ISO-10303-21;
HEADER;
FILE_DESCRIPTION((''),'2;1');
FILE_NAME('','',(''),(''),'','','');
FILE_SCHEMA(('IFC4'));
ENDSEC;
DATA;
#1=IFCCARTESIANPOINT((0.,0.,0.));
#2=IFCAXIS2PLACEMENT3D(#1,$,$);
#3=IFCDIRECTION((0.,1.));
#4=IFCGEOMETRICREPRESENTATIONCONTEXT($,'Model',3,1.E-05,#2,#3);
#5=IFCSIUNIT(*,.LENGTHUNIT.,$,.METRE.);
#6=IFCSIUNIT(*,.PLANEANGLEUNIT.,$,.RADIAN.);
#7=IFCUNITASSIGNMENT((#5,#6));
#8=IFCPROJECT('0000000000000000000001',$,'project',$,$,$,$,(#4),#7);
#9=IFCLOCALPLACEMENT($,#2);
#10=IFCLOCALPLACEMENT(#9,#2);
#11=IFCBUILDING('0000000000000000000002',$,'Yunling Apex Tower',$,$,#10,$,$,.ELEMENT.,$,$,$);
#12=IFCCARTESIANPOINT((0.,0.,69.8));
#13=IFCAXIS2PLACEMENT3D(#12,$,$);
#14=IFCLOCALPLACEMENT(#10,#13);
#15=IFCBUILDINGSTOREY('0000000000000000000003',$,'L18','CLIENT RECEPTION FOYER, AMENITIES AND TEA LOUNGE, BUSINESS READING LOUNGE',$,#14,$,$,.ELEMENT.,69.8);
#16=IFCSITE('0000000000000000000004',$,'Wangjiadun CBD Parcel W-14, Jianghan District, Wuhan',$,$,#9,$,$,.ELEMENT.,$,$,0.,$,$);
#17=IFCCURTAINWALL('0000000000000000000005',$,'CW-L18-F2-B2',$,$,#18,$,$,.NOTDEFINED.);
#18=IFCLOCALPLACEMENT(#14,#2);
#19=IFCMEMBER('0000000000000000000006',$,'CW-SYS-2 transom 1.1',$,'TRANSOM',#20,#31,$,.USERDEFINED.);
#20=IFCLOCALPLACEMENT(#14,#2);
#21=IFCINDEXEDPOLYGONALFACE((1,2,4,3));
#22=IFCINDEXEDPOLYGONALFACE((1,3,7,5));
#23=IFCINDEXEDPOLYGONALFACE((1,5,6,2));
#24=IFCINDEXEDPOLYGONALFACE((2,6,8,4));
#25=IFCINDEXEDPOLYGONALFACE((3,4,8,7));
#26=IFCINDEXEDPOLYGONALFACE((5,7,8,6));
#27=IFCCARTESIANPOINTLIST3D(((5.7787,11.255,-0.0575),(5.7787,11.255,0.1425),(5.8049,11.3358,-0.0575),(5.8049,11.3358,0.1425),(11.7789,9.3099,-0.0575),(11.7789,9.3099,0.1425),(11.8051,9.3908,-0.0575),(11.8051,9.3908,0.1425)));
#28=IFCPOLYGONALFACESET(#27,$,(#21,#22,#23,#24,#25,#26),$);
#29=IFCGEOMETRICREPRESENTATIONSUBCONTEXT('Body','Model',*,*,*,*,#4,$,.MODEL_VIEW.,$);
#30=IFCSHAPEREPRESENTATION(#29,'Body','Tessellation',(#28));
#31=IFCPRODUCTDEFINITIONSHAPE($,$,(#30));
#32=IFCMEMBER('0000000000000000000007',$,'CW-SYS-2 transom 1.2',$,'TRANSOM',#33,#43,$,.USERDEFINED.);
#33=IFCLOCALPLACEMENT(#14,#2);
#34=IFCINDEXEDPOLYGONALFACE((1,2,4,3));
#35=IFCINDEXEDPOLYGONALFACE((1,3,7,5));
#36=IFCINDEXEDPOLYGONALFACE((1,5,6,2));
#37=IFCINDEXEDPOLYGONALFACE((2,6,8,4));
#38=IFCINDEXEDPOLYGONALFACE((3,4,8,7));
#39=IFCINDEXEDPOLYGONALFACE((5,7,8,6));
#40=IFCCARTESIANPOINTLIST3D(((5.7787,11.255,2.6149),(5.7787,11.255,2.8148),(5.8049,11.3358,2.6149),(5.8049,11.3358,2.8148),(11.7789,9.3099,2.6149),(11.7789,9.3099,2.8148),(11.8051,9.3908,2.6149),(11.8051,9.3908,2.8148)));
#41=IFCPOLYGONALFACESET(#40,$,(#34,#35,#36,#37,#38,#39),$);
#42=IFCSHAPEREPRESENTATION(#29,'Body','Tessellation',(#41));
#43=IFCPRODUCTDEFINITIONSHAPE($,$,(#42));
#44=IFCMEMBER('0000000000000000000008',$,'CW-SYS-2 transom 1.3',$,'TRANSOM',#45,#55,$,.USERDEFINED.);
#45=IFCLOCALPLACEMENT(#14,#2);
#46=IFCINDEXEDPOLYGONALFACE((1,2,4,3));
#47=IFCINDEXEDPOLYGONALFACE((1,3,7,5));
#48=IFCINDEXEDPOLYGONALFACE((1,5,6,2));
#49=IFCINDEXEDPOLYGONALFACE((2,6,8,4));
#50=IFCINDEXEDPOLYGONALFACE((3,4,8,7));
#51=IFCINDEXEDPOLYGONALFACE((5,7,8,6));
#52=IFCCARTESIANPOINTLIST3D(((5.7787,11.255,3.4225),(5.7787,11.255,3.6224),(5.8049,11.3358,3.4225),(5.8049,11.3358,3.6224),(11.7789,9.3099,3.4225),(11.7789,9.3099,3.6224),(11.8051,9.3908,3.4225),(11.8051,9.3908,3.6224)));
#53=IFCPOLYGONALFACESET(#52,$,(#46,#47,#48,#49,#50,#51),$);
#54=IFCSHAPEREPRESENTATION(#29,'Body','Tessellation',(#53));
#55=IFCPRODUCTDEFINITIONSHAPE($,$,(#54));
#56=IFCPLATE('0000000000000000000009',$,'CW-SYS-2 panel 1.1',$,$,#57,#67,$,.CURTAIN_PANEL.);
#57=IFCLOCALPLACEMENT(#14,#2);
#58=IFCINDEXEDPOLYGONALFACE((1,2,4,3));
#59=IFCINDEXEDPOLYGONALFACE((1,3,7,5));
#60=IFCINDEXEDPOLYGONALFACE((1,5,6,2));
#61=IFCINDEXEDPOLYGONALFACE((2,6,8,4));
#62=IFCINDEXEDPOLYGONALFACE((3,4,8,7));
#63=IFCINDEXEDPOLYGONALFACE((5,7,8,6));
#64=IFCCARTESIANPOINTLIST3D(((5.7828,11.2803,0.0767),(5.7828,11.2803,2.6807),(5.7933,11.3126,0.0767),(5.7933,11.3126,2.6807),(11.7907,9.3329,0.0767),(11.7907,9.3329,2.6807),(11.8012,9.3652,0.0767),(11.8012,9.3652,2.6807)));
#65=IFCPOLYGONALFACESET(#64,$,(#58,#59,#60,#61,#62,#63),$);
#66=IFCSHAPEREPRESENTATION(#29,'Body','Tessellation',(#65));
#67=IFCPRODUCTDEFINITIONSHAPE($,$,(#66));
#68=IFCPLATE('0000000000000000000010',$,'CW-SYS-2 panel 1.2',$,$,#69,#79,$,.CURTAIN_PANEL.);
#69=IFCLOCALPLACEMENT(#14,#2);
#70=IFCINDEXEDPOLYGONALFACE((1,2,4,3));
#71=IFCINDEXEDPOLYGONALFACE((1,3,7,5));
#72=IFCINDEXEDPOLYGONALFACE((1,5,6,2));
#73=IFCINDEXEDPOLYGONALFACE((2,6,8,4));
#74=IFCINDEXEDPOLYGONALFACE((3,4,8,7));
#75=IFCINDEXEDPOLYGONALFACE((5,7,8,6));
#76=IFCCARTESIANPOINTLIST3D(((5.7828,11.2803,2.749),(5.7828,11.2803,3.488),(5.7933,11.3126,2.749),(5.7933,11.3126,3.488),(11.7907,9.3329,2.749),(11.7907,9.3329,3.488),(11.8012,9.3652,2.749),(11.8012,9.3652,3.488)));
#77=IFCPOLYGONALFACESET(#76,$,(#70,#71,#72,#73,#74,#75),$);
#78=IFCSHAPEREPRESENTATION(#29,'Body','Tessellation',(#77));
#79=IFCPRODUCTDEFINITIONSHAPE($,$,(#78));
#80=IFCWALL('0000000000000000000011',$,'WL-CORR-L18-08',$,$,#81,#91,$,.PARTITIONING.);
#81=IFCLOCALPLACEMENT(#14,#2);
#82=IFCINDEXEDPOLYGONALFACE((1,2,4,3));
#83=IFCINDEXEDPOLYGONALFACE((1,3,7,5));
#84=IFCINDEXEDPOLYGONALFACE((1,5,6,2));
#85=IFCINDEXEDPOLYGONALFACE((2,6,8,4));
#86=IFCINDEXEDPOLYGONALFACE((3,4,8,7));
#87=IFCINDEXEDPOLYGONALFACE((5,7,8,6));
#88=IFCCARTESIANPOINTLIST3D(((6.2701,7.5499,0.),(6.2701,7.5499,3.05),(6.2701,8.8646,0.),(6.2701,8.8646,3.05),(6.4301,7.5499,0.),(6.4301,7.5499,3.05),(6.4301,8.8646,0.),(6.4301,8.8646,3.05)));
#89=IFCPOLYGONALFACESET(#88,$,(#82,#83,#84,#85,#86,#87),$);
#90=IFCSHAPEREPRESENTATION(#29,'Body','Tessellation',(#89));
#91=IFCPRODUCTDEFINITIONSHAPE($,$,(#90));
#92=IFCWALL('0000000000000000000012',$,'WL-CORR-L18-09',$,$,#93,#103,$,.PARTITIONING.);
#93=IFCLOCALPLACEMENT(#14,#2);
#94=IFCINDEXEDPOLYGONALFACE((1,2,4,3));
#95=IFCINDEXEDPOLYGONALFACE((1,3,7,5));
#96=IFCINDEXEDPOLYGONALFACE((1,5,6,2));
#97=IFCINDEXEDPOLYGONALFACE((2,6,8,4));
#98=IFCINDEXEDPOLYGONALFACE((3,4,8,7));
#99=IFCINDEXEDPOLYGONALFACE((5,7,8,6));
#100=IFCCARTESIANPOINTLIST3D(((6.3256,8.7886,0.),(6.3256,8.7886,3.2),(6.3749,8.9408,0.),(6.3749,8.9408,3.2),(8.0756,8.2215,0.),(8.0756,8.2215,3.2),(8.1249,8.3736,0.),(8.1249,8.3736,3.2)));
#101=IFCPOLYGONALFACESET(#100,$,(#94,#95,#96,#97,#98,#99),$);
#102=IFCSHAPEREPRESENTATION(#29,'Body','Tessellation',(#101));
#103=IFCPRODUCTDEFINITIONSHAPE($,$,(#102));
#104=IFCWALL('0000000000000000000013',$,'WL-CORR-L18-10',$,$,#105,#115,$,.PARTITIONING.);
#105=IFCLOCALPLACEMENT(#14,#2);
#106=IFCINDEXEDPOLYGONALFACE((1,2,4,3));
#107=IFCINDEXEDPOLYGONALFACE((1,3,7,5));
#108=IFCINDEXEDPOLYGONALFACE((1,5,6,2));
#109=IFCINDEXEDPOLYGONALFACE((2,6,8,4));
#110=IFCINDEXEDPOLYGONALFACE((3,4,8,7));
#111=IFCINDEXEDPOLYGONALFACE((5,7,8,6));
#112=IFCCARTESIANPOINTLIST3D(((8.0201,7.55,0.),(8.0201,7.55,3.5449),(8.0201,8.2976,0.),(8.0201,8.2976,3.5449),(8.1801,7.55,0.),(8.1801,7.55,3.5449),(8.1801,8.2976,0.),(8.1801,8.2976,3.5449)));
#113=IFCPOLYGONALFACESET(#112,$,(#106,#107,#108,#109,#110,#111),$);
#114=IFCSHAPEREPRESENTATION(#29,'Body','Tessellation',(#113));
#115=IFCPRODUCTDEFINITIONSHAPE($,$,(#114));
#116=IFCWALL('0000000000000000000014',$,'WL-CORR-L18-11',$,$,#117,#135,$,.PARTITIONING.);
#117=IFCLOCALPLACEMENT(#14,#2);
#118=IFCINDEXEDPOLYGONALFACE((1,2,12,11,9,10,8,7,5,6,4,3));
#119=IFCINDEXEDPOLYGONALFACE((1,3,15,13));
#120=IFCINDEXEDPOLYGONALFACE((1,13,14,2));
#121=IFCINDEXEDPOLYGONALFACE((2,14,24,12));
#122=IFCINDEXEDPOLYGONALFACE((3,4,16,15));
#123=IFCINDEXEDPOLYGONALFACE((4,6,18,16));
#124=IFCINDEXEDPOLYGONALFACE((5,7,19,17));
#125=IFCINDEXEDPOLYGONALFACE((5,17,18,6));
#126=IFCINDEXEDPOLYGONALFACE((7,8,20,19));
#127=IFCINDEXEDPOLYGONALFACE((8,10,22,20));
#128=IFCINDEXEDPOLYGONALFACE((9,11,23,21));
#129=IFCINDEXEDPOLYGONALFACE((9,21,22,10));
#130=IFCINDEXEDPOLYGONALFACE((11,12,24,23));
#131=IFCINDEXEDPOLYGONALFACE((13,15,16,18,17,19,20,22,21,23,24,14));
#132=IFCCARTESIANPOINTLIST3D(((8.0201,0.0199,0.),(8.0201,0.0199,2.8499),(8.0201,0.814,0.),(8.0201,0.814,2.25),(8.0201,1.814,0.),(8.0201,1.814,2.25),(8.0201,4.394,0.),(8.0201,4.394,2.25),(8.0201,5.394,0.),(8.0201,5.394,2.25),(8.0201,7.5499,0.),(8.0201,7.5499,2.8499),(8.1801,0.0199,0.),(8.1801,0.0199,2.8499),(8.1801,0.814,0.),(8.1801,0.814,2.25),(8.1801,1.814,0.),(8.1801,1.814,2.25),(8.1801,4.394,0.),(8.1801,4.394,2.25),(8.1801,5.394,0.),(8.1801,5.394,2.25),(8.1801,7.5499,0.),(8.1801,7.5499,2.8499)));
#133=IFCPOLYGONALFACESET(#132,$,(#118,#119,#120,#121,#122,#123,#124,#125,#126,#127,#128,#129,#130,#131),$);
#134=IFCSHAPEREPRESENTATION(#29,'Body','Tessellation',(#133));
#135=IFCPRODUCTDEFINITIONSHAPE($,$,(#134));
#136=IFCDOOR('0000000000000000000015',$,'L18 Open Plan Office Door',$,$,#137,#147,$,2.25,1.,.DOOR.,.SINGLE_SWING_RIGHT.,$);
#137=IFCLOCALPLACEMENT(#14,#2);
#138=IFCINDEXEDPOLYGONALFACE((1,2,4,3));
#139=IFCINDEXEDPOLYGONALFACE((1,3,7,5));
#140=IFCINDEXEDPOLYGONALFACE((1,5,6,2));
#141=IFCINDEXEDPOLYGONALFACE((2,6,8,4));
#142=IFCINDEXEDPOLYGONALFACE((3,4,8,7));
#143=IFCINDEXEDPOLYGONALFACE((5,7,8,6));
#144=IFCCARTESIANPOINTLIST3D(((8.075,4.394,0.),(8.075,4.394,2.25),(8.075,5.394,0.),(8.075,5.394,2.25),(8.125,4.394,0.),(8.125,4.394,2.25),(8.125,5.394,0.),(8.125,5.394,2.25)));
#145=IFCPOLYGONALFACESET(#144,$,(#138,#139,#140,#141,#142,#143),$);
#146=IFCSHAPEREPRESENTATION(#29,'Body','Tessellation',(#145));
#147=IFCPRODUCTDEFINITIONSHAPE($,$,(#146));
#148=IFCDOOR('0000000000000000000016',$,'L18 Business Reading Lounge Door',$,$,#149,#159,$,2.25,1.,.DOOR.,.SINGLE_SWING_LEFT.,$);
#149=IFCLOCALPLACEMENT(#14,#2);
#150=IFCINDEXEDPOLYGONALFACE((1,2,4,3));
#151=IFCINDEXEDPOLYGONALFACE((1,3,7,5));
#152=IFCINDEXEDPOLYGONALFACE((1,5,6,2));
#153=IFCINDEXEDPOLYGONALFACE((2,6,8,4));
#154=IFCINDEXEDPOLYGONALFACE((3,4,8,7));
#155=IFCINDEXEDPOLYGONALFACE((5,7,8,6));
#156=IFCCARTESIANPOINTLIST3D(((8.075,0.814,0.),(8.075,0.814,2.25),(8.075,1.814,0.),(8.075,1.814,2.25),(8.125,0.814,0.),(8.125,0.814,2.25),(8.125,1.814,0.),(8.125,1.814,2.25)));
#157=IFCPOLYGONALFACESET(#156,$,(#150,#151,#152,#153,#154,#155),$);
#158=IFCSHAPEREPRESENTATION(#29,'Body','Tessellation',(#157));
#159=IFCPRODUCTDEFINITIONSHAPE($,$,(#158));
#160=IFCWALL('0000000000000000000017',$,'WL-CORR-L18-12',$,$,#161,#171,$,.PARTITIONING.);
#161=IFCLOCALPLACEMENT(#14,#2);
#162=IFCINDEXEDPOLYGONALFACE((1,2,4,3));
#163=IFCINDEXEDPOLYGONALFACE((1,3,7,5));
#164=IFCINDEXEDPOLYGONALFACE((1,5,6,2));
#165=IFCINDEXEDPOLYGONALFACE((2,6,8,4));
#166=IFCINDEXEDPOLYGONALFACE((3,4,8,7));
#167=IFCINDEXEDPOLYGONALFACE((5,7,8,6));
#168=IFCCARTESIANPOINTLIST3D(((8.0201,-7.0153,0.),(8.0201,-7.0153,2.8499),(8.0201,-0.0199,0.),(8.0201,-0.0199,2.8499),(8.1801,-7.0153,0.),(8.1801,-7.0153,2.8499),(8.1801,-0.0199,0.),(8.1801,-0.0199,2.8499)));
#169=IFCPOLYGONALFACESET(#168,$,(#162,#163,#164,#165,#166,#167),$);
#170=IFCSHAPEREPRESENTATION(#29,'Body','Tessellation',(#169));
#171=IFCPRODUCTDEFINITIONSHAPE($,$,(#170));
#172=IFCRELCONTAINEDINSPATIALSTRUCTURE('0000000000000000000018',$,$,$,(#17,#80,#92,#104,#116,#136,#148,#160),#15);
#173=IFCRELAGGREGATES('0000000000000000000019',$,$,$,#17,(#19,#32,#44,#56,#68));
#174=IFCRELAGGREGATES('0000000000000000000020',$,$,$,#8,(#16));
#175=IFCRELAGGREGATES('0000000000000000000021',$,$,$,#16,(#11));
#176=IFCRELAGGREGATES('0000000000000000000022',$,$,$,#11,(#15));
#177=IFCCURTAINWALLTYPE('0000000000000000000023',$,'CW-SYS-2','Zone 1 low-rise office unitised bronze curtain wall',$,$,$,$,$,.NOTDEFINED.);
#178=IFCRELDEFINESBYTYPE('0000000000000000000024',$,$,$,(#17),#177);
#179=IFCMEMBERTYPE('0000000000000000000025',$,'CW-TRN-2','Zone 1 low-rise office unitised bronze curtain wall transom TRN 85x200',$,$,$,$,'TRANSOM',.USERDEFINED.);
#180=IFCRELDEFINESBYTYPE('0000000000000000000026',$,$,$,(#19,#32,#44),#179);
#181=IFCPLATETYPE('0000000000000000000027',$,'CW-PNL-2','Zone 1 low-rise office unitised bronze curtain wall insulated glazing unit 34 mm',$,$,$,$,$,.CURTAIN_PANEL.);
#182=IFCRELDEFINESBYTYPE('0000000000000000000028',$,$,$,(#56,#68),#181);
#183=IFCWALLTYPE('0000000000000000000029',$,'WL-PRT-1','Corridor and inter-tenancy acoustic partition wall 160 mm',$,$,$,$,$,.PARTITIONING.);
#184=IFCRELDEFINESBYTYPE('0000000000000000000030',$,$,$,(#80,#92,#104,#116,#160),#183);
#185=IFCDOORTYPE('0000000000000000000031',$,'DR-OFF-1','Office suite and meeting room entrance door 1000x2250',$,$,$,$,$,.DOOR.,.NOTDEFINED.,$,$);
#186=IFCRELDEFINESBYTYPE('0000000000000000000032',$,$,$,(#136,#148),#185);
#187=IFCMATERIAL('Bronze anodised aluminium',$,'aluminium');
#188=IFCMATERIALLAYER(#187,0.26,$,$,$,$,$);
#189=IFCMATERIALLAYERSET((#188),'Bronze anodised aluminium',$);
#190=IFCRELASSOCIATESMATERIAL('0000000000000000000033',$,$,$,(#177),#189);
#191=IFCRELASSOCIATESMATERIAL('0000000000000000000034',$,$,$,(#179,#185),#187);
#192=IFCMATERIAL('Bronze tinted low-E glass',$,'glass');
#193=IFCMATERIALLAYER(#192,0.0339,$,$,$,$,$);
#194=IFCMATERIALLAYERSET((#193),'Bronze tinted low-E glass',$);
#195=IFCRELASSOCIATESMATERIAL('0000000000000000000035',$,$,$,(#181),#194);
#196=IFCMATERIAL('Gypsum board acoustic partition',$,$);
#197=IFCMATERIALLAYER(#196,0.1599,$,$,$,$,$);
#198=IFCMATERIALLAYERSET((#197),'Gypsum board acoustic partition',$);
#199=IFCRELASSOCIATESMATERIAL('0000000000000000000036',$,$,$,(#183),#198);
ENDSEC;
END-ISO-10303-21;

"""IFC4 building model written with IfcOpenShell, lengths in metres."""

from ifc_helpers import new_model, si_unit, direction, frame, frame_2d, origin, origin_2d, place, context, subcontext, project, spatial, rectangle, extrude, source, transform, mapped, material, layer, layer_set, material_profile, profile_set, type_object, element, fill, aggregate, save


model = new_model("IFC4")

# Units and contexts
model_context = context("Model", 3, precision=1e-05, world=origin(), true_north=direction((0.0, 1.0)))
body_context = subcontext(model_context, "Body", "Model", "MODEL_VIEW")
ifc_project = project(units=[si_unit("LENGTHUNIT", "METRE"), si_unit("PLANEANGLEUNIT", "RADIAN")], contexts=[model_context])

# Site, building, storey
site_placement = place(None, origin())
site = spatial("IfcSite", under=ifc_project, at=site_placement, Name="Wangjiadun CBD Parcel W-14, Jianghan District, Wuhan", CompositionType="ELEMENT", RefElevation=0.0)
building_placement = place(site_placement, origin())
building = spatial("IfcBuilding", under=site, at=building_placement, Name="Yunling Apex Tower", CompositionType="ELEMENT")
storey_placement = place(building_placement, frame((0.0, 0.0, 69.8)))
storey = spatial("IfcBuildingStorey", under=building, at=storey_placement, Name="L18", Description="CLIENT RECEPTION FOYER, AMENITIES AND TEA LOUNGE, BUSINESS READING LOUNGE", CompositionType="ELEMENT", Elevation=69.8)

# Curtain wall, members, plates
ifc_material_1 = material(Name="Bronze anodised aluminium", Category="aluminium")
ifc_layer_1 = layer(ifc_material_1, 0.26)
ifc_layer_set_1 = layer_set([ifc_layer_1], Name="Bronze anodised aluminium")
curtain_wall_type = type_object("IfcCurtainWallType", Name="CW-SYS-2", Description="Zone 1 low-rise office unitised bronze curtain wall", PredefinedType="NOTDEFINED", material=ifc_layer_set_1)
curtain_wall_placement = place(storey_placement, origin())
curtain_wall = element("IfcCurtainWall", 1, at=curtain_wall_placement, inside=storey, type_object=curtain_wall_type, Name="CW-L18-F2-B2", PredefinedType="NOTDEFINED")
ifc_material_profile_1 = material_profile(ifc_material_1, rectangle(XDim=0.085, YDim=0.2, at=origin_2d()))
ifc_profile_set_1 = profile_set([ifc_material_profile_1], Name="Bronze anodised aluminium")
member_type_1 = type_object("IfcMemberType", Name="CW-TRN-2", Description="Zone 1 low-rise office unitised bronze curtain wall transom TRN 85x200", ElementType="TRANSOM", PredefinedType="USERDEFINED", material=ifc_profile_set_1)
shared_shape_1 = source(origin(), body_context, "Body", "SweptSolid", [
    extrude(rectangle(XDim=0.085, YDim=0.2, at=origin_2d()), origin(), (0.0, 0.0, 1.0), 6.3076),
])
member_1_placement = place(storey_placement, frame((11.792, 9.3503, 0.0425), z_axis=(-0.951267, 0.308367, 0.0), x_axis=(-0.308367, -0.951267, 0.0)))
member_1 = element("IfcMember", 2, at=member_1_placement, type_object=member_type_1, Name="CW-SYS-2 transom 1.1", ObjectType="TRANSOM", PredefinedType="USERDEFINED", context=body_context, shape_type="MappedRepresentation", body=[
    mapped(shared_shape_1, transform((0.0, 0.0, 0.0), scale=1.0)),
])
member_2_placement = place(storey_placement, frame((11.792, 9.3503, 2.7148), z_axis=(-0.951267, 0.308367, 0.0), x_axis=(-0.308367, -0.951267, 0.0)))
member_2 = element("IfcMember", 3, at=member_2_placement, type_object=member_type_1, Name="CW-SYS-2 transom 1.2", ObjectType="TRANSOM", PredefinedType="USERDEFINED", context=body_context, shape_type="MappedRepresentation", body=[
    mapped(shared_shape_1, transform((0.0, 0.0, 0.0), scale=1.0)),
])
member_3_placement = place(storey_placement, frame((11.792, 9.3503, 3.5225), z_axis=(-0.951267, 0.308367, 0.0), x_axis=(-0.308367, -0.951267, 0.0)))
member_3 = element("IfcMember", 4, at=member_3_placement, type_object=member_type_1, Name="CW-SYS-2 transom 1.3", ObjectType="TRANSOM", PredefinedType="USERDEFINED", context=body_context, shape_type="MappedRepresentation", body=[
    mapped(shared_shape_1, transform((0.0, 0.0, 0.0), scale=1.0)),
])
ifc_material_2 = material(Name="Bronze tinted low-E glass", Category="glass")
ifc_layer_2 = layer(ifc_material_2, 0.0339)
ifc_layer_set_2 = layer_set([ifc_layer_2], Name="Bronze tinted low-E glass")
plate_type = type_object("IfcPlateType", Name="CW-PNL-2", Description="Zone 1 low-rise office unitised bronze curtain wall insulated glazing unit 34 mm", PredefinedType="CURTAIN_PANEL", material=ifc_layer_set_2)
shared_shape_2 = source(origin(), body_context, "Body", "SweptSolid", [
    extrude(rectangle(XDim=6.3157, YDim=0.0339, at=origin_2d()), origin(), (0.0, 0.0, 1.0), 2.604),
])
plate_1_placement = place(storey_placement, frame((8.792, 10.3228, 0.0767), z_axis=(0.0, 0.0, 1.0), x_axis=(-0.951272, 0.308352, 0.0)))
plate_1 = element("IfcPlate", 5, at=plate_1_placement, type_object=plate_type, Name="CW-SYS-2 panel 1.1", PredefinedType="CURTAIN_PANEL", context=body_context, shape_type="MappedRepresentation", body=[
    mapped(shared_shape_2, transform((0.0, 0.0, 0.0), scale=1.0)),
])
shared_shape_3 = source(origin(), body_context, "Body", "SweptSolid", [
    extrude(rectangle(XDim=6.3157, YDim=0.0339, at=origin_2d()), origin(), (0.0, 0.0, 1.0), 0.739),
])
plate_2_placement = place(storey_placement, frame((8.792, 10.3228, 2.749), z_axis=(0.0, 0.0, 1.0), x_axis=(-0.951272, 0.308352, 0.0)))
plate_2 = element("IfcPlate", 6, at=plate_2_placement, type_object=plate_type, Name="CW-SYS-2 panel 1.2", PredefinedType="CURTAIN_PANEL", context=body_context, shape_type="MappedRepresentation", body=[
    mapped(shared_shape_3, transform((0.0, 0.0, 0.0), scale=1.0)),
])
aggregate(curtain_wall, [member_1, member_2, member_3, plate_1, plate_2])

# Walls
ifc_material_3 = material(Name="Gypsum board acoustic partition")
ifc_layer_3 = layer(ifc_material_3, 0.1599)
ifc_layer_set_3 = layer_set([ifc_layer_3], Name="Gypsum board acoustic partition")
wall_type_1 = type_object("IfcWallType", Name="WL-PRT-1", Description="Corridor and inter-tenancy acoustic partition wall 160 mm", PredefinedType="PARTITIONING", material=ifc_layer_set_3)
wall_1_placement = place(storey_placement, frame((6.3501, 7.55, 0.0), z_axis=(0.0, 0.0, 1.0), x_axis=(0.0, 1.0, 0.0)))
element("IfcWall", 7, at=wall_1_placement, inside=storey, type_object=wall_type_1, Name="WL-CORR-L18-08", PredefinedType="PARTITIONING", context=body_context, shape_type="SweptSolid", body=[
    extrude(rectangle(XDim=1.3147, YDim=0.1599, at=frame_2d((0.6572, 0.0))), origin(), (0.0, 0.0, 1.0), 3.05),
])
wall_2_placement = place(storey_placement, frame((6.3501, 8.8647, 0.0), z_axis=(0.0, 0.0, 1.0), x_axis=(0.951291, -0.308294, 0.0)))
element("IfcWall", 8, at=wall_2_placement, inside=storey, type_object=wall_type_1, Name="WL-CORR-L18-09", PredefinedType="PARTITIONING", context=body_context, shape_type="SweptSolid", body=[
    extrude(rectangle(XDim=1.8396, YDim=0.1599, at=frame_2d((0.9199, 0.0))), origin(), (0.0, 0.0, 1.0), 3.2),
])
wall_3_placement = place(storey_placement, frame((8.1001, 8.2976, 0.0), z_axis=(0.0, 0.0, 1.0), x_axis=(0.0, -1.0, 0.0)))
element("IfcWall", 9, at=wall_3_placement, inside=storey, type_object=wall_type_1, Name="WL-CORR-L18-10", PredefinedType="PARTITIONING", context=body_context, shape_type="SweptSolid", body=[
    extrude(rectangle(XDim=0.7476, YDim=0.1599, at=frame_2d((0.3738, 0.0))), origin(), (0.0, 0.0, 1.0), 3.5449),
])

# Wall, openings, doors
wall_4_placement = place(storey_placement, frame((8.1001, 7.55, 0.0), z_axis=(0.0, 0.0, 1.0), x_axis=(0.0, -1.0, 0.0)))
wall_4 = element("IfcWall", 10, at=wall_4_placement, inside=storey, type_object=wall_type_1, Name="WL-CORR-L18-11", PredefinedType="PARTITIONING", context=body_context, shape_type="SweptSolid", body=[
    extrude(rectangle(XDim=7.53, YDim=0.1599, at=frame_2d((3.7651, 0.0))), origin(), (0.0, 0.0, 1.0), 2.8499),
])
opening_1_placement = place(wall_4_placement, frame((2.156, 0.0, 0.0)))
opening_1 = element("IfcOpeningElement", 11, at=opening_1_placement, cuts=wall_4, PredefinedType="OPENING", context=body_context, shape_type="SweptSolid", body=[
    extrude(rectangle(XDim=1.0, YDim=2.25, at=frame_2d((0.5, 1.125))), frame((0.0, 0.0898, 0.0), z_axis=(0.0, -1.0, 0.0), x_axis=(1.0, 0.0, 0.0)), (0.0, 0.0, 1.0), 0.1799),
])
opening_2_placement = place(wall_4_placement, frame((5.7361, 0.0, 0.0)))
opening_2 = element("IfcOpeningElement", 12, at=opening_2_placement, cuts=wall_4, PredefinedType="OPENING", context=body_context, shape_type="SweptSolid", body=[
    extrude(rectangle(XDim=1.0, YDim=2.25, at=frame_2d((0.5, 1.125))), frame((0.0, 0.0898, 0.0), z_axis=(0.0, -1.0, 0.0), x_axis=(1.0, 0.0, 0.0)), (0.0, 0.0, 1.0), 0.1799),
])
door_type = type_object("IfcDoorType", Name="DR-OFF-1", Description="Office suite and meeting room entrance door 1000x2250", OperationType="NOTDEFINED", PredefinedType="DOOR", material=ifc_material_1)
door_1_placement = place(opening_1_placement, origin())
door_1 = element("IfcDoor", 13, at=door_1_placement, inside=storey, type_object=door_type, Name="L18 Open Plan Office Door", OperationType="SINGLE_SWING_RIGHT", OverallHeight=2.25, OverallWidth=1.0, PredefinedType="DOOR", context=body_context, shape_type="SweptSolid", body=[
    extrude(rectangle(XDim=1.0, YDim=2.25, at=frame_2d((0.5, 1.125))), frame((0.0, 0.0249, 0.0), z_axis=(0.0, -1.0, 0.0), x_axis=(1.0, 0.0, 0.0)), (0.0, 0.0, 1.0), 0.05),
])
fill(opening_1, door_1)
door_2_placement = place(opening_2_placement, origin())
door_2 = element("IfcDoor", 14, at=door_2_placement, inside=storey, type_object=door_type, Name="L18 Business Reading Lounge Door", OperationType="SINGLE_SWING_LEFT", OverallHeight=2.25, OverallWidth=1.0, PredefinedType="DOOR", context=body_context, shape_type="SweptSolid", body=[
    extrude(rectangle(XDim=1.0, YDim=2.25, at=frame_2d((0.5, 1.125))), frame((0.0, 0.0249, 0.0), z_axis=(0.0, -1.0, 0.0), x_axis=(1.0, 0.0, 0.0)), (0.0, 0.0, 1.0), 0.05),
])
fill(opening_2, door_2)

# Wall
wall_5_placement = place(storey_placement, frame((8.1001, -0.02, 0.0), z_axis=(0.0, 0.0, 1.0), x_axis=(0.0, -1.0, 0.0)))
element("IfcWall", 15, at=wall_5_placement, inside=storey, type_object=wall_type_1, Name="WL-CORR-L18-12", PredefinedType="PARTITIONING", context=body_context, shape_type="SweptSolid", body=[
    extrude(rectangle(XDim=6.9954, YDim=0.1599, at=frame_2d((3.4976, 0.0))), origin(), (0.0, 0.0, 1.0), 2.8499),
])

save(model, "model.ifc")
